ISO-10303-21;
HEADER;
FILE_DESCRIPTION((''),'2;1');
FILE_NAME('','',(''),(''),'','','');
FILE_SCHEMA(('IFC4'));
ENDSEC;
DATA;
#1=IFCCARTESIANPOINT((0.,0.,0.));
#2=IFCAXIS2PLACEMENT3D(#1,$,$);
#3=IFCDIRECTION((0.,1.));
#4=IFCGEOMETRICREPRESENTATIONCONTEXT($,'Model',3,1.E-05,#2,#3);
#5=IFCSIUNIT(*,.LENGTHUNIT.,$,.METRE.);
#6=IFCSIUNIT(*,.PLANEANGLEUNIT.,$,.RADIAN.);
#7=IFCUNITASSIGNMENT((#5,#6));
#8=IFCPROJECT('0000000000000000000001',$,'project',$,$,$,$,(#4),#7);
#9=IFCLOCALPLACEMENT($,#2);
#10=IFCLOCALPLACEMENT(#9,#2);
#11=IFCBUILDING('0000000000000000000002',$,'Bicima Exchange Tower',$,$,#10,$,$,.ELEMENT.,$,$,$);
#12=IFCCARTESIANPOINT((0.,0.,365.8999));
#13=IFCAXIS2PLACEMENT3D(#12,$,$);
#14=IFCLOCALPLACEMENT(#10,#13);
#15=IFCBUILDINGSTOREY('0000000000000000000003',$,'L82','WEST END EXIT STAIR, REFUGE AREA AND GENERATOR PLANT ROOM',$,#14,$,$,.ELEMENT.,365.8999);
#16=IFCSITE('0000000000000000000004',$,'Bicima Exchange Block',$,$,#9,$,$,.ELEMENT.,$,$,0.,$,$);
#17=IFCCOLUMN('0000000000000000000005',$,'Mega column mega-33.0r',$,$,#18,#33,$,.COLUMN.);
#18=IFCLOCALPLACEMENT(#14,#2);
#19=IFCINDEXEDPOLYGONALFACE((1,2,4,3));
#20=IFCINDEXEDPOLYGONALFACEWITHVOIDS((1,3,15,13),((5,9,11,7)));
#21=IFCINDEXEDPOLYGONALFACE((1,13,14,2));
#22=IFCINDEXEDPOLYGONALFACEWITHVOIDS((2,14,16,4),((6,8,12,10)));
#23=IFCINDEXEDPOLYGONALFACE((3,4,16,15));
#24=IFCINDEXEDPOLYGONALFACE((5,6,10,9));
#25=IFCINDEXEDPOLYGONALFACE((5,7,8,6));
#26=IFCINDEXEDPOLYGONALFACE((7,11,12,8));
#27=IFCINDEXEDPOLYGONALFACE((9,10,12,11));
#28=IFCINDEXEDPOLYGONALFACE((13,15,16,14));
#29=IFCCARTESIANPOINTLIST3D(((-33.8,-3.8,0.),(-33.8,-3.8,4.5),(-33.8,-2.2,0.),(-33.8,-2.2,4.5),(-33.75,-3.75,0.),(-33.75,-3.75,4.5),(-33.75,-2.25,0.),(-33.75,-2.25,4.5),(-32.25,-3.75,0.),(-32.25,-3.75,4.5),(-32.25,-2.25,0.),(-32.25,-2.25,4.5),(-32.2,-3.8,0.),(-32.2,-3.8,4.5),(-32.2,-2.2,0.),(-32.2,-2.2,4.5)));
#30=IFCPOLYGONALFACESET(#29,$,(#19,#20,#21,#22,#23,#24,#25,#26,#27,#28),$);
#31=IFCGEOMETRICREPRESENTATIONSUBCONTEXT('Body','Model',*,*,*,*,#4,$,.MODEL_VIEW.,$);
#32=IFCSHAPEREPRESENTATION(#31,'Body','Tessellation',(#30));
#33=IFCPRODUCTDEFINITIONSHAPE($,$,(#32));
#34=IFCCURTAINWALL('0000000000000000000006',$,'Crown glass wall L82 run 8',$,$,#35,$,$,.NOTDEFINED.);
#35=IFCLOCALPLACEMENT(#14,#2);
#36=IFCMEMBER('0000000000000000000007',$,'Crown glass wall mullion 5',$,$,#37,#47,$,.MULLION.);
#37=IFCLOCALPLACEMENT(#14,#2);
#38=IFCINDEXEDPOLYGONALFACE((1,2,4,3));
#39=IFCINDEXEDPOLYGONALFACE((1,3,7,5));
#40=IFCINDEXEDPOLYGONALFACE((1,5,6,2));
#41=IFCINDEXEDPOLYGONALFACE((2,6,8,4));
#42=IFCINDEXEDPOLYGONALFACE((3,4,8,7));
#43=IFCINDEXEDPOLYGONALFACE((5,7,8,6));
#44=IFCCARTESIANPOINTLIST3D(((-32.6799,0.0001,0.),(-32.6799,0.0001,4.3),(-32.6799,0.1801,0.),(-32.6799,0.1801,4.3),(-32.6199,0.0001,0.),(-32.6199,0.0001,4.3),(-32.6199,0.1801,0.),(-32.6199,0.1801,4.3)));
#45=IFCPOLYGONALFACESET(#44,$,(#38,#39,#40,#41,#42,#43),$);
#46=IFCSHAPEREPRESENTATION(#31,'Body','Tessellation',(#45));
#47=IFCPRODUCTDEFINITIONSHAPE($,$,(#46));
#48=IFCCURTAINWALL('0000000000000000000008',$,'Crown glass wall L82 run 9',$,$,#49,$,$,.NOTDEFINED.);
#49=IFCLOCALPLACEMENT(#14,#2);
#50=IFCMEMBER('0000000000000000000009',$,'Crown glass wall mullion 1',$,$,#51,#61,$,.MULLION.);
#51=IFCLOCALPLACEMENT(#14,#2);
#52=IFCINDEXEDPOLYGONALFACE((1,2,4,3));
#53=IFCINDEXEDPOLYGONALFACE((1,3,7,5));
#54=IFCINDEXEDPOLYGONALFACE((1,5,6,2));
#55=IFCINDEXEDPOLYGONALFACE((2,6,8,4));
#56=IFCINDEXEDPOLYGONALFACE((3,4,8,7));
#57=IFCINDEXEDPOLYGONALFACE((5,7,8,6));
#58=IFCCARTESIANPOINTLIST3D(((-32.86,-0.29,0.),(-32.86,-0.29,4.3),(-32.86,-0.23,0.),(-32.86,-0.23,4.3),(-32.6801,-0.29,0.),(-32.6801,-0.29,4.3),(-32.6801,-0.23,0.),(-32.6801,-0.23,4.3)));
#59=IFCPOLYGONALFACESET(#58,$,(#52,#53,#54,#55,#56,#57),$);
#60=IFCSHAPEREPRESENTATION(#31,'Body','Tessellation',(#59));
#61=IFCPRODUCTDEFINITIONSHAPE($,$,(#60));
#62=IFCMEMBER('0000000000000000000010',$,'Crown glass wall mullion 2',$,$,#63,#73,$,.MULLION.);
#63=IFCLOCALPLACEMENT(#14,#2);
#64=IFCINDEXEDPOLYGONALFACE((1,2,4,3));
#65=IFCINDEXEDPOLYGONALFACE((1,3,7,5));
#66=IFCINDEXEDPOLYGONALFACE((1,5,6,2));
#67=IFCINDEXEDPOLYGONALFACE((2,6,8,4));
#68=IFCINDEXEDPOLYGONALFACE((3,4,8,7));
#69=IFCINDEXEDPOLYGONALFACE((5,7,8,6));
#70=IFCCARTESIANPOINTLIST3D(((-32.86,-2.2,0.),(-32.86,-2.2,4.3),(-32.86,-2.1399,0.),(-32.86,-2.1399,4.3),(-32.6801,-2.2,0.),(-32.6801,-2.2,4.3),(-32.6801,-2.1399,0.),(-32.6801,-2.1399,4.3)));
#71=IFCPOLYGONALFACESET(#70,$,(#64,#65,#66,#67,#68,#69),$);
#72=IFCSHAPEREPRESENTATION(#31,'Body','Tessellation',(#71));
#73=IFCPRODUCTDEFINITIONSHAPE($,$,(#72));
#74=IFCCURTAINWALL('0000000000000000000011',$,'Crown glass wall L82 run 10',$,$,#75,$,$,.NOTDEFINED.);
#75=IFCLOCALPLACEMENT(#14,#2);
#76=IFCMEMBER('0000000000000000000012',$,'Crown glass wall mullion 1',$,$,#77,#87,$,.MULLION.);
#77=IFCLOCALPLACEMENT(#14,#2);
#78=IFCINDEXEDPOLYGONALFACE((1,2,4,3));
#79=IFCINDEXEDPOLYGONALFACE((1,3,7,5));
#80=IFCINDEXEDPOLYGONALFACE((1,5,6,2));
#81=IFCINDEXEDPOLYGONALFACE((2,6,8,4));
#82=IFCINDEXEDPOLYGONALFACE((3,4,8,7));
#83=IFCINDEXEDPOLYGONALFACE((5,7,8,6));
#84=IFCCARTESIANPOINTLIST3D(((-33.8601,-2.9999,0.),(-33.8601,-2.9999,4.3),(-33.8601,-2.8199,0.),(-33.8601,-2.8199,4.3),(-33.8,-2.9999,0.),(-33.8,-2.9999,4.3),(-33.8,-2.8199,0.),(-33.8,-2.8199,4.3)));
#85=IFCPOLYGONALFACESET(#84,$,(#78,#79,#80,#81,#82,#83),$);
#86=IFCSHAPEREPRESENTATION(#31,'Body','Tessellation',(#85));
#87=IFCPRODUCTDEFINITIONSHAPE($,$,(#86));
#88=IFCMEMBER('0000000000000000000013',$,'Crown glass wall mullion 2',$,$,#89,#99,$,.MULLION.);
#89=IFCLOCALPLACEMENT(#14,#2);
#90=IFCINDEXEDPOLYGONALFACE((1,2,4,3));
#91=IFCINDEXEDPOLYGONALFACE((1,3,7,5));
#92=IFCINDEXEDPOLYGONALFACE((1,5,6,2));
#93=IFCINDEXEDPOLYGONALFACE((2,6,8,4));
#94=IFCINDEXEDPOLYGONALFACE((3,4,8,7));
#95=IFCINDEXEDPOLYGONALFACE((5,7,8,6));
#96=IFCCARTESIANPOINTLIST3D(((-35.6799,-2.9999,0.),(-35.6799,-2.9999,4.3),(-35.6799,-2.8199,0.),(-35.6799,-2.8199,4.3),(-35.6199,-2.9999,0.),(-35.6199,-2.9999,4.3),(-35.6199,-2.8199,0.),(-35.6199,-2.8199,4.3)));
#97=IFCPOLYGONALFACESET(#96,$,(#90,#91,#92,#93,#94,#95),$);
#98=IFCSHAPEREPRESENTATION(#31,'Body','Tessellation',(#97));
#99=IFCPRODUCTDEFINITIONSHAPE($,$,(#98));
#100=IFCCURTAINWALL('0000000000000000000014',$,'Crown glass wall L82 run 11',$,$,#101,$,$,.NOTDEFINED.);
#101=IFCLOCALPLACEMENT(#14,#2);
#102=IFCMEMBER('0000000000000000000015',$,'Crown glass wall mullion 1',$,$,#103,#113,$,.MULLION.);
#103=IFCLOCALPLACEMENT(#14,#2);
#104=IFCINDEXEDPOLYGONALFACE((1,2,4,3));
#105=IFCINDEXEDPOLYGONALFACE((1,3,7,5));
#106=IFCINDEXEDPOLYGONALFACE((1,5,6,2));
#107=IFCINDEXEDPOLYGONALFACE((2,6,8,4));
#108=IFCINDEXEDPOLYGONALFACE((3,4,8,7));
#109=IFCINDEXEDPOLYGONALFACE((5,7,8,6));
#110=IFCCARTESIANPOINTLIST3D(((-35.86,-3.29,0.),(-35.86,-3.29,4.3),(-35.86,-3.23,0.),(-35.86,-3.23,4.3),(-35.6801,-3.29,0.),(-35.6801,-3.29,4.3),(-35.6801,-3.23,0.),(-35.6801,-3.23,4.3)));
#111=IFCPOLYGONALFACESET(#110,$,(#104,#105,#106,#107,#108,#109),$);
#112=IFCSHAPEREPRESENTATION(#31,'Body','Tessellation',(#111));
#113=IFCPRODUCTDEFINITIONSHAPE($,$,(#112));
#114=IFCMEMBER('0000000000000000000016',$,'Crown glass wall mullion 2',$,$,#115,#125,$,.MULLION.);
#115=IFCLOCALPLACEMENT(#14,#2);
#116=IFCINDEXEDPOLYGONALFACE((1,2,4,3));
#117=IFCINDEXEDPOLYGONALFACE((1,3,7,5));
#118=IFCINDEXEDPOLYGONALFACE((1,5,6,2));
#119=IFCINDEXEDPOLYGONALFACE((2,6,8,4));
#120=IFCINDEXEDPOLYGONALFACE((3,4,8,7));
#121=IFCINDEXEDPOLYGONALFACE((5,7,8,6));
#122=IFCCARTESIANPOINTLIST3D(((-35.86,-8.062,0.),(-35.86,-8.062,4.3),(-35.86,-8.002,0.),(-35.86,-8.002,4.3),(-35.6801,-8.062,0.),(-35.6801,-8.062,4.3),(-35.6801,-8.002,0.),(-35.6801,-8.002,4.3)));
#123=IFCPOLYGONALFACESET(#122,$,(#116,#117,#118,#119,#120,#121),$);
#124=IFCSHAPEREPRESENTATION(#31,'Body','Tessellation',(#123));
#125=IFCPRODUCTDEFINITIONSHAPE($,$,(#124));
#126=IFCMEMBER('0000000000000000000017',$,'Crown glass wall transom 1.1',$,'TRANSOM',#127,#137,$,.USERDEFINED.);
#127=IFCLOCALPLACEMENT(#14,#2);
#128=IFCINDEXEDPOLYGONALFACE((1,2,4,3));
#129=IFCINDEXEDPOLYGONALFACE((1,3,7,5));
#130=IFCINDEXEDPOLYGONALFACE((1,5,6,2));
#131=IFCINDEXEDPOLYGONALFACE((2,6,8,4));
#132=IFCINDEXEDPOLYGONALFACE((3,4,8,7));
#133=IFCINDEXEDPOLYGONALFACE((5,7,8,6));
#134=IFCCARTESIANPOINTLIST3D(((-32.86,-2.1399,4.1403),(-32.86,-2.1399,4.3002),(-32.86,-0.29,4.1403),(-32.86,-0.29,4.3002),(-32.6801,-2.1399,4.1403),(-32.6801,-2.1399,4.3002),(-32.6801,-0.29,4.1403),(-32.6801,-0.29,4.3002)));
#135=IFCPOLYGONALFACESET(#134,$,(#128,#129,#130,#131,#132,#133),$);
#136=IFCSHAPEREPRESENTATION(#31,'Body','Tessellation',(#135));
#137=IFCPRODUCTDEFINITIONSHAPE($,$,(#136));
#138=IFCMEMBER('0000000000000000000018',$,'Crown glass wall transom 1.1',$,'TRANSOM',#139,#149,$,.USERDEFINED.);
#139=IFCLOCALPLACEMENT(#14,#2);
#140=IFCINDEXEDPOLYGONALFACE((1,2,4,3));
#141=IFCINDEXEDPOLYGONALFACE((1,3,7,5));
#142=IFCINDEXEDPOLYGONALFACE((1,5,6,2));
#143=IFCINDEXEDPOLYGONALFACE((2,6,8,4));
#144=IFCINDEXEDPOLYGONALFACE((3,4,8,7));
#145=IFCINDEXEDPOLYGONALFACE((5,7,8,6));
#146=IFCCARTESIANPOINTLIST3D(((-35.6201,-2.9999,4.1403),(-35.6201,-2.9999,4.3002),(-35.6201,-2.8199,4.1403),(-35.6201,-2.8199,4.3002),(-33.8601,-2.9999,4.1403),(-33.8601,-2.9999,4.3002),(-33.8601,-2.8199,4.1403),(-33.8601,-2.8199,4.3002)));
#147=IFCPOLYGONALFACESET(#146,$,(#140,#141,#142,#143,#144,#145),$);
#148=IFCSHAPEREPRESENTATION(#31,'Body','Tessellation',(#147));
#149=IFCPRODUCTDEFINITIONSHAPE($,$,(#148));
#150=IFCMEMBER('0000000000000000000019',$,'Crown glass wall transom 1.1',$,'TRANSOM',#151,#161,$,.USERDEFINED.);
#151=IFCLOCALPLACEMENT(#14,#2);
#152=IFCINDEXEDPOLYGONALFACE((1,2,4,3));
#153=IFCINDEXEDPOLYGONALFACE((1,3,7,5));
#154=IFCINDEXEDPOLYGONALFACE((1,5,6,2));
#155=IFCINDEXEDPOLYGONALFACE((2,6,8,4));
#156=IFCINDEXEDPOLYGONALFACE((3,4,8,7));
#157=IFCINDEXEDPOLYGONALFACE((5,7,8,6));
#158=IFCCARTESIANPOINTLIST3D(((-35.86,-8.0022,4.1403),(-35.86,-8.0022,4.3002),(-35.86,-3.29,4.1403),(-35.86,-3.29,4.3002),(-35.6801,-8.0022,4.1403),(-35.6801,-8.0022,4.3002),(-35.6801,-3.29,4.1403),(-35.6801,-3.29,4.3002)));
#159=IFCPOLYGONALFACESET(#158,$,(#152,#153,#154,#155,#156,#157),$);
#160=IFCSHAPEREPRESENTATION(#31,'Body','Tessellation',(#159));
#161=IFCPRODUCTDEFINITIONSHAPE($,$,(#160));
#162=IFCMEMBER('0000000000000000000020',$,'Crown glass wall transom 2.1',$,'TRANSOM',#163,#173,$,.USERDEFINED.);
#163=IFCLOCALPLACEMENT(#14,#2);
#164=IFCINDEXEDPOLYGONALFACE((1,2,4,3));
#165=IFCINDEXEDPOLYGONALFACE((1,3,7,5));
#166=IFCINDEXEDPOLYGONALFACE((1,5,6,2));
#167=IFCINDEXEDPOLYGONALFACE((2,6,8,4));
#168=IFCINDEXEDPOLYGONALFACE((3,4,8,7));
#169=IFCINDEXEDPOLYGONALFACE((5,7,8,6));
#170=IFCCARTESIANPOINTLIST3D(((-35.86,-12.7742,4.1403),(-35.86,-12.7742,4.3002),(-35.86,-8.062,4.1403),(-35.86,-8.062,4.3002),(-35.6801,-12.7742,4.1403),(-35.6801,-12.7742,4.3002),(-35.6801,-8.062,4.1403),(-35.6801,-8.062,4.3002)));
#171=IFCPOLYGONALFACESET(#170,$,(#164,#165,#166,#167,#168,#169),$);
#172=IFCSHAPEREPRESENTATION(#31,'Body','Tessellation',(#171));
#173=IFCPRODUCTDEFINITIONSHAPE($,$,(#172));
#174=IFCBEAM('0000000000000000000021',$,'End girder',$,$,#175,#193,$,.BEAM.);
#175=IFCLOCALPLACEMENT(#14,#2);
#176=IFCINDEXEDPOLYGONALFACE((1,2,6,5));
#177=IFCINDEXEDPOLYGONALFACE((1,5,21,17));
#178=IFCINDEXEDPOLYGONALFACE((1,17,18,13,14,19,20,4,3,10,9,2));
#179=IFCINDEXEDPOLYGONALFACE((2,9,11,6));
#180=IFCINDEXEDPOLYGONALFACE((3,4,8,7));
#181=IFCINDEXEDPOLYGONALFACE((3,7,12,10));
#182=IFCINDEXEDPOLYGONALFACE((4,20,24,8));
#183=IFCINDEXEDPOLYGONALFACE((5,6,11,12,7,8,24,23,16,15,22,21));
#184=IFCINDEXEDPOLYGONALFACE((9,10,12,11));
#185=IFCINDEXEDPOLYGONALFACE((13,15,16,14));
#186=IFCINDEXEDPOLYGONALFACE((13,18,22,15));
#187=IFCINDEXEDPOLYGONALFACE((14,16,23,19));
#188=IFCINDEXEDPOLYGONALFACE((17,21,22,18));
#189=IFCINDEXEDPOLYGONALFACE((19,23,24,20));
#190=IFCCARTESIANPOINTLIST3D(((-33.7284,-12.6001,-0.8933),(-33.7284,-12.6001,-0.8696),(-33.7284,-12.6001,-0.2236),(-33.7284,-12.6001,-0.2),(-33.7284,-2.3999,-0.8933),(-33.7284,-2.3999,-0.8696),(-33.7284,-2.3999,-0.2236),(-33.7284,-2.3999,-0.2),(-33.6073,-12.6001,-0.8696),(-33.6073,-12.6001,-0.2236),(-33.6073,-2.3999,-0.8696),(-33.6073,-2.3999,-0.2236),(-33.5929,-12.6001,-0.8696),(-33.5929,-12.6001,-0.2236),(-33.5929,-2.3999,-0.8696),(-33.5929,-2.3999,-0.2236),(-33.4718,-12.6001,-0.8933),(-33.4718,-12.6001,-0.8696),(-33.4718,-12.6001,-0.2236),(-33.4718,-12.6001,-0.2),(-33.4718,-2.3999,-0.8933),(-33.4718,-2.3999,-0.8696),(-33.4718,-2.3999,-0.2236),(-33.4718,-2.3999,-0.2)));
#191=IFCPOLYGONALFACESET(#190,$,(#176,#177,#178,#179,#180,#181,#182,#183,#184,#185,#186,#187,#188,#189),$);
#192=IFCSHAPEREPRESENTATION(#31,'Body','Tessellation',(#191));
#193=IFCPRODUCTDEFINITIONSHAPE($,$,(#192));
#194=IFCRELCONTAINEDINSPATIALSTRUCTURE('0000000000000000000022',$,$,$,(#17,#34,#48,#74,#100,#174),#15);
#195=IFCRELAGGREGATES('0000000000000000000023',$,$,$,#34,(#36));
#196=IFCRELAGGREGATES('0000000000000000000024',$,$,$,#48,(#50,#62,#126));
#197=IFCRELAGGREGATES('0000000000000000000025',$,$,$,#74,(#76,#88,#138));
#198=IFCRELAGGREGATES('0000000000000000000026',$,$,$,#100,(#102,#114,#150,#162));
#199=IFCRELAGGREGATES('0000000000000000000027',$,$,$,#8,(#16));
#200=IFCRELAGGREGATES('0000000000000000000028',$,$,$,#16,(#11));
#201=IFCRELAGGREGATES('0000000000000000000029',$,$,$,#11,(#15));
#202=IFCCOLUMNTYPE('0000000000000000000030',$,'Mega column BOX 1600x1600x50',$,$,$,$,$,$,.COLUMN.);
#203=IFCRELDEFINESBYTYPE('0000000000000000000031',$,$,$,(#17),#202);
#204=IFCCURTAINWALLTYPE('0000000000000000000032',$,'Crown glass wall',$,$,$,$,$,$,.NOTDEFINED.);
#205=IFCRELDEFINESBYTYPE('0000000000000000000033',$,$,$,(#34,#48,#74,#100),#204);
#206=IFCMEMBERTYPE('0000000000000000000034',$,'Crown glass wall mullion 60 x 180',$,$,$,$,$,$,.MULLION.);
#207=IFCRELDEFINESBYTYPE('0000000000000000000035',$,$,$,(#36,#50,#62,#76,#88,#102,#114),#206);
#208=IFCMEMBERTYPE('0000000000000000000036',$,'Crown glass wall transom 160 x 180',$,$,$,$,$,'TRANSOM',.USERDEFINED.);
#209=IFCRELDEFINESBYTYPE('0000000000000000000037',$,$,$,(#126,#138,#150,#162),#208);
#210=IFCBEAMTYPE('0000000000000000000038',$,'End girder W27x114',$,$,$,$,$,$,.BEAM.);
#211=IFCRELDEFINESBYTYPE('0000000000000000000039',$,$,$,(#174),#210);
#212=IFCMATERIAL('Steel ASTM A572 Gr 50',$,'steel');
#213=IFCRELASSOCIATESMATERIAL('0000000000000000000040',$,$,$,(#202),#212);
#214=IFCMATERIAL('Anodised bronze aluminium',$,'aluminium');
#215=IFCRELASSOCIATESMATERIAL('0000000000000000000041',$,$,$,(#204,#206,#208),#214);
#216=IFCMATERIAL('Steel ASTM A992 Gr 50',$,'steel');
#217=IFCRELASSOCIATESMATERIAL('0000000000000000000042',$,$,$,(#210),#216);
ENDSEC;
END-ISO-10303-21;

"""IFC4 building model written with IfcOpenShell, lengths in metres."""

from ifc_helpers import new_model, si_unit, direction, frame, origin, origin_2d, place, context, subcontext, project, spatial, rectangle, hollow_rectangle, i_section, extrude, material, material_profile, profile_set, type_object, element, aggregate, save


model = new_model("IFC4")

# Units and contexts
model_context = context("Model", 3, precision=1e-05, world=origin(), true_north=direction((0.0, 1.0)))
body_context = subcontext(model_context, "Body", "Model", "MODEL_VIEW")
ifc_project = project(units=[si_unit("LENGTHUNIT", "METRE"), si_unit("PLANEANGLEUNIT", "RADIAN")], contexts=[model_context])

# Site, building, storey
site_placement = place(None, origin())
site = spatial("IfcSite", under=ifc_project, at=site_placement, Name="Bicima Exchange Block", CompositionType="ELEMENT", RefElevation=0.0)
building_placement = place(site_placement, origin())
building = spatial("IfcBuilding", under=site, at=building_placement, Name="Bicima Exchange Tower", CompositionType="ELEMENT")
storey_placement = place(building_placement, frame((0.0, 0.0, 365.8999)))
storey = spatial("IfcBuildingStorey", under=building, at=storey_placement, Name="L82", Description="WEST END EXIT STAIR, REFUGE AREA AND GENERATOR PLANT ROOM", CompositionType="ELEMENT", Elevation=365.8999)

# Column
ifc_material_1 = material(Name="Steel ASTM A572 Gr 50", Category="steel")
ifc_material_profile_1 = material_profile(ifc_material_1, hollow_rectangle(XDim=1.6001, YDim=1.6001, WallThickness=0.05, at=origin_2d()))
ifc_profile_set_1 = profile_set([ifc_material_profile_1], Name="Steel ASTM A572 Gr 50")
column_type = type_object("IfcColumnType", Name="Mega column BOX 1600x1600x50", PredefinedType="COLUMN", material=ifc_profile_set_1)
column_placement = place(storey_placement, frame((-33.0, -3.0, 0.0), z_axis=(0.0, 0.0, 1.0), x_axis=(1.0, 0.0, 0.0)))
element("IfcColumn", 1, at=column_placement, inside=storey, type_object=column_type, Name="Mega column mega-33.0r", PredefinedType="COLUMN", context=body_context, shape_type="SweptSolid", body=[
    extrude(hollow_rectangle(XDim=1.6001, YDim=1.6001, WallThickness=0.05, at=origin_2d()), origin(), (0.0, 0.0, 1.0), 4.5),
])

# Curtain wall, member
ifc_material_2 = material(Name="Anodised bronze aluminium", Category="aluminium")
curtain_wall_type = type_object("IfcCurtainWallType", Name="Crown glass wall", PredefinedType="NOTDEFINED", material=ifc_material_2)
curtain_wall_1_placement = place(storey_placement, origin())
curtain_wall_1 = element("IfcCurtainWall", 2, at=curtain_wall_1_placement, inside=storey, type_object=curtain_wall_type, Name="Crown glass wall L82 run 8", PredefinedType="NOTDEFINED")
ifc_material_profile_2 = material_profile(ifc_material_2, rectangle(XDim=0.1799, YDim=0.0601, at=origin_2d()))
ifc_profile_set_2 = profile_set([ifc_material_profile_2], Name="Anodised bronze aluminium")
member_type_1 = type_object("IfcMemberType", Name="Crown glass wall mullion 60 x 180", PredefinedType="MULLION", material=ifc_profile_set_2)
member_1_placement = place(storey_placement, frame((-32.6499, 0.0901, 0.0), z_axis=(0.0, 0.0, 1.0), x_axis=(0.0, -1.0, 0.0)))
member_1 = element("IfcMember", 3, at=member_1_placement, type_object=member_type_1, Name="Crown glass wall mullion 5", PredefinedType="MULLION", context=body_context, shape_type="SweptSolid", body=[
    extrude(rectangle(XDim=0.1799, YDim=0.0601, at=origin_2d()), origin(), (0.0, 0.0, 1.0), 4.3),
])
aggregate(curtain_wall_1, [member_1])

# Curtain walls, members
curtain_wall_2_placement = place(storey_placement, origin())
curtain_wall_2 = element("IfcCurtainWall", 4, at=curtain_wall_2_placement, inside=storey, type_object=curtain_wall_type, Name="Crown glass wall L82 run 9", PredefinedType="NOTDEFINED")
member_2_placement = place(storey_placement, frame((-32.77, -0.26, 0.0), z_axis=(0.0, 0.0, 1.0), x_axis=(1.0, 0.0, 0.0)))
member_2 = element("IfcMember", 5, at=member_2_placement, type_object=member_type_1, Name="Crown glass wall mullion 1", PredefinedType="MULLION", context=body_context, shape_type="SweptSolid", body=[
    extrude(rectangle(XDim=0.1799, YDim=0.0601, at=origin_2d()), origin(), (0.0, 0.0, 1.0), 4.3),
])
member_3_placement = place(storey_placement, frame((-32.77, -2.1699, 0.0), z_axis=(0.0, 0.0, 1.0), x_axis=(1.0, 0.0, 0.0)))
member_3 = element("IfcMember", 6, at=member_3_placement, type_object=member_type_1, Name="Crown glass wall mullion 2", PredefinedType="MULLION", context=body_context, shape_type="SweptSolid", body=[
    extrude(rectangle(XDim=0.1799, YDim=0.0601, at=origin_2d()), origin(), (0.0, 0.0, 1.0), 4.3),
])
curtain_wall_3_placement = place(storey_placement, origin())
curtain_wall_3 = element("IfcCurtainWall", 7, at=curtain_wall_3_placement, inside=storey, type_object=curtain_wall_type, Name="Crown glass wall L82 run 10", PredefinedType="NOTDEFINED")
member_4_placement = place(storey_placement, frame((-33.8301, -2.9099, 0.0), z_axis=(0.0, 0.0, 1.0), x_axis=(0.0, -1.0, 0.0)))
member_4 = element("IfcMember", 8, at=member_4_placement, type_object=member_type_1, Name="Crown glass wall mullion 1", PredefinedType="MULLION", context=body_context, shape_type="SweptSolid", body=[
    extrude(rectangle(XDim=0.1799, YDim=0.0601, at=origin_2d()), origin(), (0.0, 0.0, 1.0), 4.3),
])
member_5_placement = place(storey_placement, frame((-35.6499, -2.9099, 0.0), z_axis=(0.0, 0.0, 1.0), x_axis=(0.0, -1.0, 0.0)))
member_5 = element("IfcMember", 9, at=member_5_placement, type_object=member_type_1, Name="Crown glass wall mullion 2", PredefinedType="MULLION", context=body_context, shape_type="SweptSolid", body=[
    extrude(rectangle(XDim=0.1799, YDim=0.0601, at=origin_2d()), origin(), (0.0, 0.0, 1.0), 4.3),
])
curtain_wall_4_placement = place(storey_placement, origin())
curtain_wall_4 = element("IfcCurtainWall", 10, at=curtain_wall_4_placement, inside=storey, type_object=curtain_wall_type, Name="Crown glass wall L82 run 11", PredefinedType="NOTDEFINED")
member_6_placement = place(storey_placement, frame((-35.77, -3.26, 0.0), z_axis=(0.0, 0.0, 1.0), x_axis=(1.0, 0.0, 0.0)))
member_6 = element("IfcMember", 11, at=member_6_placement, type_object=member_type_1, Name="Crown glass wall mullion 1", PredefinedType="MULLION", context=body_context, shape_type="SweptSolid", body=[
    extrude(rectangle(XDim=0.1799, YDim=0.0601, at=origin_2d()), origin(), (0.0, 0.0, 1.0), 4.3),
])
member_7_placement = place(storey_placement, frame((-35.77, -8.032, 0.0), z_axis=(0.0, 0.0, 1.0), x_axis=(1.0, 0.0, 0.0)))
member_7 = element("IfcMember", 12, at=member_7_placement, type_object=member_type_1, Name="Crown glass wall mullion 2", PredefinedType="MULLION", context=body_context, shape_type="SweptSolid", body=[
    extrude(rectangle(XDim=0.1799, YDim=0.0601, at=origin_2d()), origin(), (0.0, 0.0, 1.0), 4.3),
])

# Members
ifc_material_profile_3 = material_profile(ifc_material_2, rectangle(XDim=0.1799, YDim=0.1599, at=origin_2d()))
ifc_profile_set_3 = profile_set([ifc_material_profile_3], Name="Anodised bronze aluminium")
member_type_2 = type_object("IfcMemberType", Name="Crown glass wall transom 160 x 180", ElementType="TRANSOM", PredefinedType="USERDEFINED", material=ifc_profile_set_3)
member_8_placement = place(storey_placement, frame((-32.77, -0.29, 4.2202), z_axis=(0.0, -1.0, 0.0), x_axis=(1.0, 0.0, 0.0)))
member_8 = element("IfcMember", 13, at=member_8_placement, type_object=member_type_2, Name="Crown glass wall transom 1.1", ObjectType="TRANSOM", PredefinedType="USERDEFINED", context=body_context, shape_type="SweptSolid", body=[
    extrude(rectangle(XDim=0.1799, YDim=0.1599, at=origin_2d()), origin(), (0.0, 0.0, 1.0), 1.8499),
])
member_9_placement = place(storey_placement, frame((-33.8601, -2.9099, 4.2202), z_axis=(-1.0, 0.0, 0.0), x_axis=(0.0, -1.0, 0.0)))
member_9 = element("IfcMember", 14, at=member_9_placement, type_object=member_type_2, Name="Crown glass wall transom 1.1", ObjectType="TRANSOM", PredefinedType="USERDEFINED", context=body_context, shape_type="SweptSolid", body=[
    extrude(rectangle(XDim=0.1799, YDim=0.1599, at=origin_2d()), origin(), (0.0, 0.0, 1.0), 1.76),
])
member_10_placement = place(storey_placement, frame((-35.77, -3.29, 4.2202), z_axis=(0.0, -1.0, 0.0), x_axis=(1.0, 0.0, 0.0)))
member_10 = element("IfcMember", 15, at=member_10_placement, type_object=member_type_2, Name="Crown glass wall transom 1.1", ObjectType="TRANSOM", PredefinedType="USERDEFINED", context=body_context, shape_type="SweptSolid", body=[
    extrude(rectangle(XDim=0.1799, YDim=0.1599, at=origin_2d()), origin(), (0.0, 0.0, 1.0), 4.7122),
])
member_11_placement = place(storey_placement, frame((-35.77, -8.062, 4.2202), z_axis=(0.0, -1.0, 0.0), x_axis=(1.0, 0.0, 0.0)))
member_11 = element("IfcMember", 16, at=member_11_placement, type_object=member_type_2, Name="Crown glass wall transom 2.1", ObjectType="TRANSOM", PredefinedType="USERDEFINED", context=body_context, shape_type="SweptSolid", body=[
    extrude(rectangle(XDim=0.1799, YDim=0.1599, at=origin_2d()), origin(), (0.0, 0.0, 1.0), 4.7122),
])

# Beam
ifc_material_3 = material(Name="Steel ASTM A992 Gr 50", Category="steel")
ifc_material_profile_4 = material_profile(ifc_material_3, i_section(OverallWidth=0.2566, OverallDepth=0.6934, WebThickness=0.0144, FlangeThickness=0.0237, at=origin_2d()))
ifc_profile_set_4 = profile_set([ifc_material_profile_4], Name="Steel ASTM A992 Gr 50")
beam_type = type_object("IfcBeamType", Name="End girder W27x114", PredefinedType="BEAM", material=ifc_profile_set_4)
beam_placement = place(storey_placement, frame((-33.6001, -2.3999, -0.5466), z_axis=(0.0, -1.0, 0.0), x_axis=(1.0, 0.0, 0.0)))
element("IfcBeam", 17, at=beam_placement, inside=storey, type_object=beam_type, Name="End girder", PredefinedType="BEAM", context=body_context, shape_type="SweptSolid", body=[
    extrude(i_section(OverallWidth=0.2566, OverallDepth=0.6934, WebThickness=0.0144, FlangeThickness=0.0237, at=origin_2d()), origin(), (0.0, 0.0, 1.0), 10.2002),
])

aggregate(curtain_wall_2, [member_2, member_3, member_8])
aggregate(curtain_wall_3, [member_4, member_5, member_9])
aggregate(curtain_wall_4, [member_6, member_7, member_10, member_11])

save(model, "model.ifc")
